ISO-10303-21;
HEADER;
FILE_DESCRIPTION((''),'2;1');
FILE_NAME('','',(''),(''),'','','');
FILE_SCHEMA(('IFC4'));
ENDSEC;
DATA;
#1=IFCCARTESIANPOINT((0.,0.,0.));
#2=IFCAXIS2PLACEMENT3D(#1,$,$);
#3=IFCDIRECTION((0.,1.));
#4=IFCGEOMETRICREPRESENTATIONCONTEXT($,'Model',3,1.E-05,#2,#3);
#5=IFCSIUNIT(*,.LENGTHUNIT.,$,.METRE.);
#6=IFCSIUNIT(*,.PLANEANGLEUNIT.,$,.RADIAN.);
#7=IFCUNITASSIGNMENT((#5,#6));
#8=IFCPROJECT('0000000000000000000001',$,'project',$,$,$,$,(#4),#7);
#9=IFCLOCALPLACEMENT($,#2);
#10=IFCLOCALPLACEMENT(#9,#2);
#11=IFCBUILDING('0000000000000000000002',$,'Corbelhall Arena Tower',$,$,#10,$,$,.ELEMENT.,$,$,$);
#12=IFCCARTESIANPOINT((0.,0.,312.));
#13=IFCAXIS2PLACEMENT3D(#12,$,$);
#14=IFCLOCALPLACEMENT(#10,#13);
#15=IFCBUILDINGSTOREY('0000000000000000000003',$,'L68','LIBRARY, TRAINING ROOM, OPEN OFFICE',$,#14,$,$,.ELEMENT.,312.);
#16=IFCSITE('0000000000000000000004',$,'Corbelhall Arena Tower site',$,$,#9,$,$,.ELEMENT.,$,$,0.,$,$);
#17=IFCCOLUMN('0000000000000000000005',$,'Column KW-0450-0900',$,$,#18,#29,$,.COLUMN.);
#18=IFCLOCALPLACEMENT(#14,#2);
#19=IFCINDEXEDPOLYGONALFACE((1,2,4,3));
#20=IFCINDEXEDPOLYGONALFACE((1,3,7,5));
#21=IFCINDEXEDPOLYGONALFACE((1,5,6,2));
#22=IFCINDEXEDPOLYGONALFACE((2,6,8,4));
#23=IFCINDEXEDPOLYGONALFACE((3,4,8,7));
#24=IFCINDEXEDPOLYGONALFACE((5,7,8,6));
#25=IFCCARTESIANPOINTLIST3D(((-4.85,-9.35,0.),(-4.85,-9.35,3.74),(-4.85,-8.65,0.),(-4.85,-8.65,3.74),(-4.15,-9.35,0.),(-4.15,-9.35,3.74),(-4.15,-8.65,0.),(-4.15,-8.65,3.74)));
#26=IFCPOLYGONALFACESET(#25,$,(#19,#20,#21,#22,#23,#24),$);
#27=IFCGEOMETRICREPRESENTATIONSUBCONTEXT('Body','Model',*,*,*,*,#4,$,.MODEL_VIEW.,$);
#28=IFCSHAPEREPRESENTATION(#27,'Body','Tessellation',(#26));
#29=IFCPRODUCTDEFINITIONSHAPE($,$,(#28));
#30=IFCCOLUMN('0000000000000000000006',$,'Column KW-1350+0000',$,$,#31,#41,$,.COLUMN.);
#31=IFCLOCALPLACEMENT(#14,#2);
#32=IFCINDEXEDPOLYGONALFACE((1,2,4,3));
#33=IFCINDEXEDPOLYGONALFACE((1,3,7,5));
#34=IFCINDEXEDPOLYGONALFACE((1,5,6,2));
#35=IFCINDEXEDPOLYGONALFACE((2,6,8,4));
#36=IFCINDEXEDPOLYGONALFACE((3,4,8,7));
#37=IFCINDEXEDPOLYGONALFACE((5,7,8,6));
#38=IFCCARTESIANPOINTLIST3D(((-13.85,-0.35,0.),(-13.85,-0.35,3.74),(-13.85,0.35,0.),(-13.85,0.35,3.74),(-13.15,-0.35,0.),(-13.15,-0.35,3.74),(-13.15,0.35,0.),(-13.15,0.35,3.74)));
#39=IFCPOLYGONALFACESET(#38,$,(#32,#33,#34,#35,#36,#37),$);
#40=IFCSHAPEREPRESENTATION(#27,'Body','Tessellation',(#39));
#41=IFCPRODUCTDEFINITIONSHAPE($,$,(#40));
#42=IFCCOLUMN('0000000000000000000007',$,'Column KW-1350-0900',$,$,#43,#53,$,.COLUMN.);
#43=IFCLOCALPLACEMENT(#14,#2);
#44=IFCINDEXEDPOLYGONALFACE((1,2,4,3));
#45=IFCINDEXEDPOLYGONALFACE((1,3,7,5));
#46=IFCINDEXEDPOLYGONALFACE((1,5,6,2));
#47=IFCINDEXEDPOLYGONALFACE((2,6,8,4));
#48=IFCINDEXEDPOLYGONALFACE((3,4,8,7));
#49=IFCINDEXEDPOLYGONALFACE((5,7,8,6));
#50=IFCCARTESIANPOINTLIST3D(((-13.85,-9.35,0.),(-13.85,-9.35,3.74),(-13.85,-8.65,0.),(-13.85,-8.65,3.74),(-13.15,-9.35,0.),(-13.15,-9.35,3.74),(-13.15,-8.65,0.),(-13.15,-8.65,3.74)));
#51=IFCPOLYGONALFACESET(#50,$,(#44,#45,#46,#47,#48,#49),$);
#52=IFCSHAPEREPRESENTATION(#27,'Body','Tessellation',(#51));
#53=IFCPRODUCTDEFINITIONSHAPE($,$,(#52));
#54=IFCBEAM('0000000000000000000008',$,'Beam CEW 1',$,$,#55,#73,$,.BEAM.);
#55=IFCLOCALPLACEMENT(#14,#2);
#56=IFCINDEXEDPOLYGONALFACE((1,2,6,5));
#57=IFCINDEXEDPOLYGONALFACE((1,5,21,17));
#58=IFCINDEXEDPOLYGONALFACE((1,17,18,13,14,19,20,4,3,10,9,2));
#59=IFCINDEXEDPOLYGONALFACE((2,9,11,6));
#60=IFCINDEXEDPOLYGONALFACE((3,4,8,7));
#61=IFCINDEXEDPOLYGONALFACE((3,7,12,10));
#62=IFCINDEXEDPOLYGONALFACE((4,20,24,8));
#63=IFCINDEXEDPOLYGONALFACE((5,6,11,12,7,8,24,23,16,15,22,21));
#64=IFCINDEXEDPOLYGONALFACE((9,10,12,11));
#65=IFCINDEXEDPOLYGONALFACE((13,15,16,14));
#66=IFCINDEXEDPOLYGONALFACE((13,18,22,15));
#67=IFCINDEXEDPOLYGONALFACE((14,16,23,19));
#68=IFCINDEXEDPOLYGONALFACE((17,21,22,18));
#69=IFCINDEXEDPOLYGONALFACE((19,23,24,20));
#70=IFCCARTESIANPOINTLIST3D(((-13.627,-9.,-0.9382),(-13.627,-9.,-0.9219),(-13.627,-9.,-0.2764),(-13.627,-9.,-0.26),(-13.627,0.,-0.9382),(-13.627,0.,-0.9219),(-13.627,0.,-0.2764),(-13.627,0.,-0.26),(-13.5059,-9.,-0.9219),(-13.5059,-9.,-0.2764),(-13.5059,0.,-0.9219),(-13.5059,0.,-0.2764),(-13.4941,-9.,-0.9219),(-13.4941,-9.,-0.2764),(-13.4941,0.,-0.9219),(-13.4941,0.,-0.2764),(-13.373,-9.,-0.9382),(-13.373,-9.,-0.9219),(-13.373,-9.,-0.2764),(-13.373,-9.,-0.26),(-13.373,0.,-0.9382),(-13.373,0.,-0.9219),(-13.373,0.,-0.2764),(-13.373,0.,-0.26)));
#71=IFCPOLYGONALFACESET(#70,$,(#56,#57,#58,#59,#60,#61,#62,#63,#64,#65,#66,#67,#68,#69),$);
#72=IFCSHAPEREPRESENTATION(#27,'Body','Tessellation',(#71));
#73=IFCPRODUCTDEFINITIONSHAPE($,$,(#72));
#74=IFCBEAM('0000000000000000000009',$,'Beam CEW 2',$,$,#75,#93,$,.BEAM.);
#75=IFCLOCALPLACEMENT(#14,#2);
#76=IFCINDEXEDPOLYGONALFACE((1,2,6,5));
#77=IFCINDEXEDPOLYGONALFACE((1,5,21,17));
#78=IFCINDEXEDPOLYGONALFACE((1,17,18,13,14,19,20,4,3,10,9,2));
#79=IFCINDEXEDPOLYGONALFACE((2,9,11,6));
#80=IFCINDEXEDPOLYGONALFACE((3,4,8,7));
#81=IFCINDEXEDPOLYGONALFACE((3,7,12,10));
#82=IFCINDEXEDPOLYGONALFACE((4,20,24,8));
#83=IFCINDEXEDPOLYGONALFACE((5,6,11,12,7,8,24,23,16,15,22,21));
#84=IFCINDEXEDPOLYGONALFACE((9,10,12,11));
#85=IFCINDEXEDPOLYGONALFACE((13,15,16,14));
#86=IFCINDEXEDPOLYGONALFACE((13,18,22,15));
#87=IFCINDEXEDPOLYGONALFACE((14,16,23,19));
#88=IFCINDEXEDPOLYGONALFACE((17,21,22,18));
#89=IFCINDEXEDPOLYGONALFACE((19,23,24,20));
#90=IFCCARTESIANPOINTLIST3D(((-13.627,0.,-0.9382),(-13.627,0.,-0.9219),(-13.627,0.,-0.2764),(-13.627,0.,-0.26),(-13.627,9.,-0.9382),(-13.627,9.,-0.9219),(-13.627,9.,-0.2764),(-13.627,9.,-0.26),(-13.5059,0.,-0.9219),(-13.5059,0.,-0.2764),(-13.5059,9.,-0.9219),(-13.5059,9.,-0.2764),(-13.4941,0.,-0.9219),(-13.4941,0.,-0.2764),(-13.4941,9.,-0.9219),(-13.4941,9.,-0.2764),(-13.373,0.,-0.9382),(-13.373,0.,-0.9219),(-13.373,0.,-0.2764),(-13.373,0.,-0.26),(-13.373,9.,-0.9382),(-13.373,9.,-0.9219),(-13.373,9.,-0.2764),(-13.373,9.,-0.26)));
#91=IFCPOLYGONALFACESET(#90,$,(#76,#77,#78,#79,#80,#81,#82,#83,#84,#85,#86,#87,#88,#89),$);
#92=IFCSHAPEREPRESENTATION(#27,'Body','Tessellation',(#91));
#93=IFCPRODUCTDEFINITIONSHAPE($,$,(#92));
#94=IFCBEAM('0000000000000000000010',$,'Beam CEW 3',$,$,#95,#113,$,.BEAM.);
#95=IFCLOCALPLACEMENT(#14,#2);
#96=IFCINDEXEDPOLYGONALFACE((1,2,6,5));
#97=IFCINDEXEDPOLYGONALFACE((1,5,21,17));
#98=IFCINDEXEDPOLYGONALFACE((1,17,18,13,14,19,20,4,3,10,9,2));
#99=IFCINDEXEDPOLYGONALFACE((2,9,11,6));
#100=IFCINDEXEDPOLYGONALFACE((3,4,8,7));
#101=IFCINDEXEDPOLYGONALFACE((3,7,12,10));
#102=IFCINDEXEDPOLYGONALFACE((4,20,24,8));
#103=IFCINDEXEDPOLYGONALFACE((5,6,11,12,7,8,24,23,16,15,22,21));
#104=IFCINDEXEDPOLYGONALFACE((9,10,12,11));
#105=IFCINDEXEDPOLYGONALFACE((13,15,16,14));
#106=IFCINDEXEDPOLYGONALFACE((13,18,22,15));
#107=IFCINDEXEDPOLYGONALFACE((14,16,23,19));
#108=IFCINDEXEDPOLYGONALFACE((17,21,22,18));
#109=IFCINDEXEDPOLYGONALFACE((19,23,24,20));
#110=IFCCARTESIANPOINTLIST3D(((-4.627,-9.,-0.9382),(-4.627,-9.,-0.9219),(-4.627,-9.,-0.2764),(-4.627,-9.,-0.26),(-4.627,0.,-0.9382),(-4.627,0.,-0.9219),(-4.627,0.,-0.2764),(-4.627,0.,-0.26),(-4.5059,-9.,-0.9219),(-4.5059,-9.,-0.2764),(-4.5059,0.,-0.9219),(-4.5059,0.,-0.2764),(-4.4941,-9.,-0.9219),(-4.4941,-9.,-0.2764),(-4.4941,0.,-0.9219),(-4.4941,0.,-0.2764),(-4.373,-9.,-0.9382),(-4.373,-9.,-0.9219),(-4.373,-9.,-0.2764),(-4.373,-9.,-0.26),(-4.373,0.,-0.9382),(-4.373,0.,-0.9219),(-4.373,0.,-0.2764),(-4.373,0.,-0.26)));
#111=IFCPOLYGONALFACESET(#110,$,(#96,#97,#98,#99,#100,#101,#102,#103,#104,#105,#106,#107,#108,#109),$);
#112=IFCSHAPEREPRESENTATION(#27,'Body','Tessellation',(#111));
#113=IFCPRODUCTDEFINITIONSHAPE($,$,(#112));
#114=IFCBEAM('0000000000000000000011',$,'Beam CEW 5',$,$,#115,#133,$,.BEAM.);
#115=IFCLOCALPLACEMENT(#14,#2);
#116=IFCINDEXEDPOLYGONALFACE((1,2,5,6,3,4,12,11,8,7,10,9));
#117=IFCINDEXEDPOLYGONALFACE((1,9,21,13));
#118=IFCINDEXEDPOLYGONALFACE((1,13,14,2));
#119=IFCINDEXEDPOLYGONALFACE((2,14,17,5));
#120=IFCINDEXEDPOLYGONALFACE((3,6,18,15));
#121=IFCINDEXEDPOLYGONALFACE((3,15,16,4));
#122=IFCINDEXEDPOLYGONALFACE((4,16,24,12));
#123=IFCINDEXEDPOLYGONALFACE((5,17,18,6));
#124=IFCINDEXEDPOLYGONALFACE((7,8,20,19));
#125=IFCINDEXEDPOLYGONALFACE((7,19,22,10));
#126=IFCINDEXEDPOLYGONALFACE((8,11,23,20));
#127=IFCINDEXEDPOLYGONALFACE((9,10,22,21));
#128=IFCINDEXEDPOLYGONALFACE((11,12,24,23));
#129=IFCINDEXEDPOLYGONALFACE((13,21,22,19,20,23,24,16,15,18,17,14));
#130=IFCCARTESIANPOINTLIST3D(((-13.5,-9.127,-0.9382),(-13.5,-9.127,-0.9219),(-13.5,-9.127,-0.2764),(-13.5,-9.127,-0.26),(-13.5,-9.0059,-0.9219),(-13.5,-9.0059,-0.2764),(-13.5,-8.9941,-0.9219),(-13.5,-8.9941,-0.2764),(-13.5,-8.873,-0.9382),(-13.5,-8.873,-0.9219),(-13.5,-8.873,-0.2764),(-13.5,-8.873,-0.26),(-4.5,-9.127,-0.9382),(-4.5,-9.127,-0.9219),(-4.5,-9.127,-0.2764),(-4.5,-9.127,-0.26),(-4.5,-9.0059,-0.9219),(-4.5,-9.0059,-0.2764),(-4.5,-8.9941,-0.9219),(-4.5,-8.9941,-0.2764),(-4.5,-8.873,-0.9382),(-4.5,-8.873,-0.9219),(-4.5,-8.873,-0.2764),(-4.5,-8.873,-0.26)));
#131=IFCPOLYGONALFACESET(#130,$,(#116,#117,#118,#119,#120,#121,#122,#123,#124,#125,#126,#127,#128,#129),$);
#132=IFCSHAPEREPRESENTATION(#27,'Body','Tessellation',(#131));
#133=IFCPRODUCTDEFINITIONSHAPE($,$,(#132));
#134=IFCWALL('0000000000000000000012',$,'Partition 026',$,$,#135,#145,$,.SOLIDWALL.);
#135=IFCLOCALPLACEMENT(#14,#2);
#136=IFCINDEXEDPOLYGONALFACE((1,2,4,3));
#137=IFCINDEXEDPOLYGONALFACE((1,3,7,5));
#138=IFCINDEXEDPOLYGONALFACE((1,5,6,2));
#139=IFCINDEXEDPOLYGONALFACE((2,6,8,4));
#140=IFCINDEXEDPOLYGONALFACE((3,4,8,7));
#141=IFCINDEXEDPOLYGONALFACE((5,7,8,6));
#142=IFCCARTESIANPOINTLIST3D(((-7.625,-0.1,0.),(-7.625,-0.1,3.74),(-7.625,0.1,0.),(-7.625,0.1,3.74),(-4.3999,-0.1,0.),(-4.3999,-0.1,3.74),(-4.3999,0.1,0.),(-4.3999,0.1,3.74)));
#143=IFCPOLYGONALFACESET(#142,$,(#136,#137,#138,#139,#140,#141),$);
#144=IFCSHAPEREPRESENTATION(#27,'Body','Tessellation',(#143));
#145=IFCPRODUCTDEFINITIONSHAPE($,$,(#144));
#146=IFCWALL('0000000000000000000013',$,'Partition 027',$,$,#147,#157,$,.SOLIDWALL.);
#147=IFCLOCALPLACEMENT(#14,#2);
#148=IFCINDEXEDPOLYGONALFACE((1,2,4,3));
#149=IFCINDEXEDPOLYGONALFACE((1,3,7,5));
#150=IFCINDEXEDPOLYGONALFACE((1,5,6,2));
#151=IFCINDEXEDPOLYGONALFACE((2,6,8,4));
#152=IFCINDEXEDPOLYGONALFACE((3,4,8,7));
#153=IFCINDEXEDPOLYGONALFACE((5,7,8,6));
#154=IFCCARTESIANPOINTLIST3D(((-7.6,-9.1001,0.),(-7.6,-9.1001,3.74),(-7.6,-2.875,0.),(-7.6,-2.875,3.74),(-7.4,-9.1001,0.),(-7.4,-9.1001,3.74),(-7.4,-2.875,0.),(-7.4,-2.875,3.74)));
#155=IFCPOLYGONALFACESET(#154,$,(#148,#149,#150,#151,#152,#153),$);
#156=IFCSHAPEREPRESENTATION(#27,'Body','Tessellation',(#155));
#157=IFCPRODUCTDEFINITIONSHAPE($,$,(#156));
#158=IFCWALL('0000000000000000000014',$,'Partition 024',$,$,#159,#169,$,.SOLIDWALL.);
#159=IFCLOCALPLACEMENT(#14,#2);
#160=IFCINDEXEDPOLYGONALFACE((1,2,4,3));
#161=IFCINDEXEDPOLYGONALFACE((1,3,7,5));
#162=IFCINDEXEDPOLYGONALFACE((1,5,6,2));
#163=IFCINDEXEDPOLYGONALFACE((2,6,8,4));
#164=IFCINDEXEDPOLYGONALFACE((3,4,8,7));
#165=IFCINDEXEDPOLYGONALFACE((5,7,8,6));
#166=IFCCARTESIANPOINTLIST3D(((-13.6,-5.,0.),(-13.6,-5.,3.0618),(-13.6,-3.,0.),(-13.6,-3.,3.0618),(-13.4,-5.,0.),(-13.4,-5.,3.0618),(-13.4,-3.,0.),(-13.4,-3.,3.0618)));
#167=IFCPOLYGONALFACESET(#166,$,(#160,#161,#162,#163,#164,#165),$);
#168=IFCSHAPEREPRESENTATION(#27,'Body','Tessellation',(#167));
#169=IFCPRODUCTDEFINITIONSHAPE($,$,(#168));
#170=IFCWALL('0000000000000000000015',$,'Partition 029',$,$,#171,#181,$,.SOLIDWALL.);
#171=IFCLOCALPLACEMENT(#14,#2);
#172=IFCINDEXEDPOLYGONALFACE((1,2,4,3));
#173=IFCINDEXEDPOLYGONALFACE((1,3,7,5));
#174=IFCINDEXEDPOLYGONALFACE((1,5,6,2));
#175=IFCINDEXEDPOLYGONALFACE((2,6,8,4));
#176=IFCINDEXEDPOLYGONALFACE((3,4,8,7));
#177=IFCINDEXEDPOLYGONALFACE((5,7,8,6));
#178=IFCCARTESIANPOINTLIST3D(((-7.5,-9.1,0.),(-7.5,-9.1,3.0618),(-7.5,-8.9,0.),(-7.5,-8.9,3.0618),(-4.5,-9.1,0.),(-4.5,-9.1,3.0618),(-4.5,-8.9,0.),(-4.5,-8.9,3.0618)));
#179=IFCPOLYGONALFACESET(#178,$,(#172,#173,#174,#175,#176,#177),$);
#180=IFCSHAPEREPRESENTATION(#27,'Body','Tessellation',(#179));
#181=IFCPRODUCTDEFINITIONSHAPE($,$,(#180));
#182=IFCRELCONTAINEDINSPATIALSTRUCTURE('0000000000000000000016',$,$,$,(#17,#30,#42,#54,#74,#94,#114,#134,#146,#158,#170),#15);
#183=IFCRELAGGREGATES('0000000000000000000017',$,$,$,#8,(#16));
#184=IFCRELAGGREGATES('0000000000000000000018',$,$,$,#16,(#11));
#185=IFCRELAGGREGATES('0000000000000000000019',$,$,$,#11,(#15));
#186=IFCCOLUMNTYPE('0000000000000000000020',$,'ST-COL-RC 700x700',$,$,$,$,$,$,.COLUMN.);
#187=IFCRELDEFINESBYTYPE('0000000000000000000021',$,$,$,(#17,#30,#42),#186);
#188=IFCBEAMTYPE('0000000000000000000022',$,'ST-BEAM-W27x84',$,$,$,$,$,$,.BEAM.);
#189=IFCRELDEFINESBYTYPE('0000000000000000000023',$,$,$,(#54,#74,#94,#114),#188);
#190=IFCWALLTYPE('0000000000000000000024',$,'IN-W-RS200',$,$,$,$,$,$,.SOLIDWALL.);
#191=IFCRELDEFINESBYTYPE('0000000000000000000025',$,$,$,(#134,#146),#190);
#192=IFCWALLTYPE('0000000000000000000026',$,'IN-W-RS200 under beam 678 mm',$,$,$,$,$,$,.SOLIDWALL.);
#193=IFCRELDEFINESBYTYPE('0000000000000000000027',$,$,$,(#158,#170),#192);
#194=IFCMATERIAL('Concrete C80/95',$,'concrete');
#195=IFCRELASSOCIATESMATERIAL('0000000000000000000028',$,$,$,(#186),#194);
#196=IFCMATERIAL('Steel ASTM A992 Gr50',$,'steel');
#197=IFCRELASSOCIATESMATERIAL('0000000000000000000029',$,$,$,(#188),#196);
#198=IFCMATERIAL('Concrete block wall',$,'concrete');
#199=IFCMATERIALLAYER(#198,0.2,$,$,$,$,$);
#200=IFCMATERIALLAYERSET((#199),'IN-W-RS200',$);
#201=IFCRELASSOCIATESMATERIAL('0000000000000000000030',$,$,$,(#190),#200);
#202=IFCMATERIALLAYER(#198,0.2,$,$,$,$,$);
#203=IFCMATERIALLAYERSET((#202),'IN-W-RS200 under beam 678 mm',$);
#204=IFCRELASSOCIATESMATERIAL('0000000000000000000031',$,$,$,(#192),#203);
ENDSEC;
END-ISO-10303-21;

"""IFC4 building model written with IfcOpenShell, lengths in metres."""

from ifc_helpers import new_model, si_unit, direction, frame, frame_2d, origin, origin_2d, place, context, subcontext, project, spatial, rectangle, i_section, extrude, material, layer, layer_set, material_profile, profile_set, type_object, element, save


model = new_model("IFC4")

# Units and contexts
model_context = context("Model", 3, precision=1e-05, world=origin(), true_north=direction((0.0, 1.0)))
body_context = subcontext(model_context, "Body", "Model", "MODEL_VIEW")
ifc_project = project(units=[si_unit("LENGTHUNIT", "METRE"), si_unit("PLANEANGLEUNIT", "RADIAN")], contexts=[model_context])

# Site, building, storey
site_placement = place(None, origin())
site = spatial("IfcSite", under=ifc_project, at=site_placement, Name="Corbelhall Arena Tower site", CompositionType="ELEMENT", RefElevation=0.0)
building_placement = place(site_placement, origin())
building = spatial("IfcBuilding", under=site, at=building_placement, Name="Corbelhall Arena Tower", CompositionType="ELEMENT")
storey_placement = place(building_placement, frame((0.0, 0.0, 312.0)))
storey = spatial("IfcBuildingStorey", under=building, at=storey_placement, Name="L68", Description="LIBRARY, TRAINING ROOM, OPEN OFFICE", CompositionType="ELEMENT", Elevation=312.0)

# Columns
ifc_material_1 = material(Name="Concrete C80/95", Category="concrete")
ifc_material_profile_1 = material_profile(ifc_material_1, rectangle(XDim=0.7, YDim=0.7, at=origin_2d()))
ifc_profile_set_1 = profile_set([ifc_material_profile_1], Name="Concrete C80/95")
column_type = type_object("IfcColumnType", Name="ST-COL-RC 700x700", PredefinedType="COLUMN", material=ifc_profile_set_1)
for number, where, z_axis, x_axis, name in (
    (1, (-4.5, -9.0, 0.0), (0.0, 0.0, 1.0), (1.0, 0.0, 0.0), "Column KW-0450-0900"),
    (2, (-13.5, 0.0, 0.0), (0.0, 0.0, 1.0), (1.0, 0.0, 0.0), "Column KW-1350+0000"),
    (3, (-13.5, -9.0, 0.0), (0.0, 0.0, 1.0), (1.0, 0.0, 0.0), "Column KW-1350-0900"),
):
    element("IfcColumn", number, at=place(storey_placement, frame(where, z_axis=z_axis, x_axis=x_axis)), inside=storey, type_object=column_type, Name=name, PredefinedType="COLUMN", context=body_context, shape_type="SweptSolid", body=[
        extrude(rectangle(XDim=0.7, YDim=0.7, at=origin_2d()), origin(), (0.0, 0.0, 1.0), 3.74),
    ])

# Beams
ifc_material_2 = material(Name="Steel ASTM A992 Gr50", Category="steel")
ifc_material_profile_2 = material_profile(ifc_material_2, i_section(OverallWidth=0.2539, OverallDepth=0.6782, WebThickness=0.0117, FlangeThickness=0.0164, at=origin_2d()))
ifc_profile_set_2 = profile_set([ifc_material_profile_2], Name="Steel ASTM A992 Gr50")
beam_type = type_object("IfcBeamType", Name="ST-BEAM-W27x84", PredefinedType="BEAM", material=ifc_profile_set_2)
for number, where, z_axis, x_axis, name in (
    (4, (-13.5, -9.0, -0.5991), (0.0, 1.0, 0.0), (-1.0, 0.0, 0.0), "Beam CEW 1"),
    (5, (-13.5, 0.0, -0.5991), (0.0, 1.0, 0.0), (-1.0, 0.0, 0.0), "Beam CEW 2"),
    (6, (-4.5, -9.0, -0.5991), (0.0, 1.0, 0.0), (-1.0, 0.0, 0.0), "Beam CEW 3"),
    (7, (-13.5, -9.0, -0.5991), (1.0, 0.0, 0.0), (0.0, 1.0, 0.0), "Beam CEW 5"),
):
    element("IfcBeam", number, at=place(storey_placement, frame(where, z_axis=z_axis, x_axis=x_axis)), inside=storey, type_object=beam_type, Name=name, PredefinedType="BEAM", context=body_context, shape_type="SweptSolid", body=[
        extrude(i_section(OverallWidth=0.2539, OverallDepth=0.6782, WebThickness=0.0117, FlangeThickness=0.0164, at=origin_2d()), origin(), (0.0, 0.0, 1.0), 9.0),
    ])

# Shared definitions
ifc_material_3 = material(Name="Concrete block wall", Category="concrete")
ifc_layer_1 = layer(ifc_material_3, 0.2)
ifc_layer_set_1 = layer_set([ifc_layer_1], Name="IN-W-RS200")
wall_type_1 = type_object("IfcWallType", Name="IN-W-RS200", PredefinedType="SOLIDWALL", material=ifc_layer_set_1)

# Walls
wall_1_placement = place(storey_placement, frame((-7.625, 0.0, 0.0), z_axis=(0.0, 0.0, 1.0), x_axis=(1.0, 0.0, 0.0)))
element("IfcWall", 8, at=wall_1_placement, inside=storey, type_object=wall_type_1, Name="Partition 026", PredefinedType="SOLIDWALL", context=body_context, shape_type="SweptSolid", body=[
    extrude(rectangle(XDim=3.2251, YDim=0.2, at=frame_2d((1.6125, 0.0))), origin(), (0.0, 0.0, 1.0), 3.74),
])
wall_2_placement = place(storey_placement, frame((-7.5, -9.1001, 0.0), z_axis=(0.0, 0.0, 1.0), x_axis=(0.0, 1.0, 0.0)))
element("IfcWall", 9, at=wall_2_placement, inside=storey, type_object=wall_type_1, Name="Partition 027", PredefinedType="SOLIDWALL", context=body_context, shape_type="SweptSolid", body=[
    extrude(rectangle(XDim=6.2251, YDim=0.2, at=frame_2d((3.1125, 0.0))), origin(), (0.0, 0.0, 1.0), 3.74),
])
ifc_layer_2 = layer(ifc_material_3, 0.2)
ifc_layer_set_2 = layer_set([ifc_layer_2], Name="IN-W-RS200 under beam 678 mm")
wall_type_2 = type_object("IfcWallType", Name="IN-W-RS200 under beam 678 mm", PredefinedType="SOLIDWALL", material=ifc_layer_set_2)
wall_3_placement = place(storey_placement, frame((-13.5, -5.0, 0.0), z_axis=(0.0, 0.0, 1.0), x_axis=(0.0, 1.0, 0.0)))
element("IfcWall", 10, at=wall_3_placement, inside=storey, type_object=wall_type_2, Name="Partition 024", PredefinedType="SOLIDWALL", context=body_context, shape_type="SweptSolid", body=[
    extrude(rectangle(XDim=2.0, YDim=0.2, at=frame_2d((1.0, 0.0))), origin(), (0.0, 0.0, 1.0), 3.0618),
])
wall_4_placement = place(storey_placement, frame((-4.5, -9.0, 0.0), z_axis=(0.0, 0.0, 1.0), x_axis=(-1.0, 0.0, 0.0)))
element("IfcWall", 11, at=wall_4_placement, inside=storey, type_object=wall_type_2, Name="Partition 029", PredefinedType="SOLIDWALL", context=body_context, shape_type="SweptSolid", body=[
    extrude(rectangle(XDim=3.0, YDim=0.2, at=frame_2d((1.5, 0.0))), origin(), (0.0, 0.0, 1.0), 3.0618),
])

save(model, "model.ifc")
